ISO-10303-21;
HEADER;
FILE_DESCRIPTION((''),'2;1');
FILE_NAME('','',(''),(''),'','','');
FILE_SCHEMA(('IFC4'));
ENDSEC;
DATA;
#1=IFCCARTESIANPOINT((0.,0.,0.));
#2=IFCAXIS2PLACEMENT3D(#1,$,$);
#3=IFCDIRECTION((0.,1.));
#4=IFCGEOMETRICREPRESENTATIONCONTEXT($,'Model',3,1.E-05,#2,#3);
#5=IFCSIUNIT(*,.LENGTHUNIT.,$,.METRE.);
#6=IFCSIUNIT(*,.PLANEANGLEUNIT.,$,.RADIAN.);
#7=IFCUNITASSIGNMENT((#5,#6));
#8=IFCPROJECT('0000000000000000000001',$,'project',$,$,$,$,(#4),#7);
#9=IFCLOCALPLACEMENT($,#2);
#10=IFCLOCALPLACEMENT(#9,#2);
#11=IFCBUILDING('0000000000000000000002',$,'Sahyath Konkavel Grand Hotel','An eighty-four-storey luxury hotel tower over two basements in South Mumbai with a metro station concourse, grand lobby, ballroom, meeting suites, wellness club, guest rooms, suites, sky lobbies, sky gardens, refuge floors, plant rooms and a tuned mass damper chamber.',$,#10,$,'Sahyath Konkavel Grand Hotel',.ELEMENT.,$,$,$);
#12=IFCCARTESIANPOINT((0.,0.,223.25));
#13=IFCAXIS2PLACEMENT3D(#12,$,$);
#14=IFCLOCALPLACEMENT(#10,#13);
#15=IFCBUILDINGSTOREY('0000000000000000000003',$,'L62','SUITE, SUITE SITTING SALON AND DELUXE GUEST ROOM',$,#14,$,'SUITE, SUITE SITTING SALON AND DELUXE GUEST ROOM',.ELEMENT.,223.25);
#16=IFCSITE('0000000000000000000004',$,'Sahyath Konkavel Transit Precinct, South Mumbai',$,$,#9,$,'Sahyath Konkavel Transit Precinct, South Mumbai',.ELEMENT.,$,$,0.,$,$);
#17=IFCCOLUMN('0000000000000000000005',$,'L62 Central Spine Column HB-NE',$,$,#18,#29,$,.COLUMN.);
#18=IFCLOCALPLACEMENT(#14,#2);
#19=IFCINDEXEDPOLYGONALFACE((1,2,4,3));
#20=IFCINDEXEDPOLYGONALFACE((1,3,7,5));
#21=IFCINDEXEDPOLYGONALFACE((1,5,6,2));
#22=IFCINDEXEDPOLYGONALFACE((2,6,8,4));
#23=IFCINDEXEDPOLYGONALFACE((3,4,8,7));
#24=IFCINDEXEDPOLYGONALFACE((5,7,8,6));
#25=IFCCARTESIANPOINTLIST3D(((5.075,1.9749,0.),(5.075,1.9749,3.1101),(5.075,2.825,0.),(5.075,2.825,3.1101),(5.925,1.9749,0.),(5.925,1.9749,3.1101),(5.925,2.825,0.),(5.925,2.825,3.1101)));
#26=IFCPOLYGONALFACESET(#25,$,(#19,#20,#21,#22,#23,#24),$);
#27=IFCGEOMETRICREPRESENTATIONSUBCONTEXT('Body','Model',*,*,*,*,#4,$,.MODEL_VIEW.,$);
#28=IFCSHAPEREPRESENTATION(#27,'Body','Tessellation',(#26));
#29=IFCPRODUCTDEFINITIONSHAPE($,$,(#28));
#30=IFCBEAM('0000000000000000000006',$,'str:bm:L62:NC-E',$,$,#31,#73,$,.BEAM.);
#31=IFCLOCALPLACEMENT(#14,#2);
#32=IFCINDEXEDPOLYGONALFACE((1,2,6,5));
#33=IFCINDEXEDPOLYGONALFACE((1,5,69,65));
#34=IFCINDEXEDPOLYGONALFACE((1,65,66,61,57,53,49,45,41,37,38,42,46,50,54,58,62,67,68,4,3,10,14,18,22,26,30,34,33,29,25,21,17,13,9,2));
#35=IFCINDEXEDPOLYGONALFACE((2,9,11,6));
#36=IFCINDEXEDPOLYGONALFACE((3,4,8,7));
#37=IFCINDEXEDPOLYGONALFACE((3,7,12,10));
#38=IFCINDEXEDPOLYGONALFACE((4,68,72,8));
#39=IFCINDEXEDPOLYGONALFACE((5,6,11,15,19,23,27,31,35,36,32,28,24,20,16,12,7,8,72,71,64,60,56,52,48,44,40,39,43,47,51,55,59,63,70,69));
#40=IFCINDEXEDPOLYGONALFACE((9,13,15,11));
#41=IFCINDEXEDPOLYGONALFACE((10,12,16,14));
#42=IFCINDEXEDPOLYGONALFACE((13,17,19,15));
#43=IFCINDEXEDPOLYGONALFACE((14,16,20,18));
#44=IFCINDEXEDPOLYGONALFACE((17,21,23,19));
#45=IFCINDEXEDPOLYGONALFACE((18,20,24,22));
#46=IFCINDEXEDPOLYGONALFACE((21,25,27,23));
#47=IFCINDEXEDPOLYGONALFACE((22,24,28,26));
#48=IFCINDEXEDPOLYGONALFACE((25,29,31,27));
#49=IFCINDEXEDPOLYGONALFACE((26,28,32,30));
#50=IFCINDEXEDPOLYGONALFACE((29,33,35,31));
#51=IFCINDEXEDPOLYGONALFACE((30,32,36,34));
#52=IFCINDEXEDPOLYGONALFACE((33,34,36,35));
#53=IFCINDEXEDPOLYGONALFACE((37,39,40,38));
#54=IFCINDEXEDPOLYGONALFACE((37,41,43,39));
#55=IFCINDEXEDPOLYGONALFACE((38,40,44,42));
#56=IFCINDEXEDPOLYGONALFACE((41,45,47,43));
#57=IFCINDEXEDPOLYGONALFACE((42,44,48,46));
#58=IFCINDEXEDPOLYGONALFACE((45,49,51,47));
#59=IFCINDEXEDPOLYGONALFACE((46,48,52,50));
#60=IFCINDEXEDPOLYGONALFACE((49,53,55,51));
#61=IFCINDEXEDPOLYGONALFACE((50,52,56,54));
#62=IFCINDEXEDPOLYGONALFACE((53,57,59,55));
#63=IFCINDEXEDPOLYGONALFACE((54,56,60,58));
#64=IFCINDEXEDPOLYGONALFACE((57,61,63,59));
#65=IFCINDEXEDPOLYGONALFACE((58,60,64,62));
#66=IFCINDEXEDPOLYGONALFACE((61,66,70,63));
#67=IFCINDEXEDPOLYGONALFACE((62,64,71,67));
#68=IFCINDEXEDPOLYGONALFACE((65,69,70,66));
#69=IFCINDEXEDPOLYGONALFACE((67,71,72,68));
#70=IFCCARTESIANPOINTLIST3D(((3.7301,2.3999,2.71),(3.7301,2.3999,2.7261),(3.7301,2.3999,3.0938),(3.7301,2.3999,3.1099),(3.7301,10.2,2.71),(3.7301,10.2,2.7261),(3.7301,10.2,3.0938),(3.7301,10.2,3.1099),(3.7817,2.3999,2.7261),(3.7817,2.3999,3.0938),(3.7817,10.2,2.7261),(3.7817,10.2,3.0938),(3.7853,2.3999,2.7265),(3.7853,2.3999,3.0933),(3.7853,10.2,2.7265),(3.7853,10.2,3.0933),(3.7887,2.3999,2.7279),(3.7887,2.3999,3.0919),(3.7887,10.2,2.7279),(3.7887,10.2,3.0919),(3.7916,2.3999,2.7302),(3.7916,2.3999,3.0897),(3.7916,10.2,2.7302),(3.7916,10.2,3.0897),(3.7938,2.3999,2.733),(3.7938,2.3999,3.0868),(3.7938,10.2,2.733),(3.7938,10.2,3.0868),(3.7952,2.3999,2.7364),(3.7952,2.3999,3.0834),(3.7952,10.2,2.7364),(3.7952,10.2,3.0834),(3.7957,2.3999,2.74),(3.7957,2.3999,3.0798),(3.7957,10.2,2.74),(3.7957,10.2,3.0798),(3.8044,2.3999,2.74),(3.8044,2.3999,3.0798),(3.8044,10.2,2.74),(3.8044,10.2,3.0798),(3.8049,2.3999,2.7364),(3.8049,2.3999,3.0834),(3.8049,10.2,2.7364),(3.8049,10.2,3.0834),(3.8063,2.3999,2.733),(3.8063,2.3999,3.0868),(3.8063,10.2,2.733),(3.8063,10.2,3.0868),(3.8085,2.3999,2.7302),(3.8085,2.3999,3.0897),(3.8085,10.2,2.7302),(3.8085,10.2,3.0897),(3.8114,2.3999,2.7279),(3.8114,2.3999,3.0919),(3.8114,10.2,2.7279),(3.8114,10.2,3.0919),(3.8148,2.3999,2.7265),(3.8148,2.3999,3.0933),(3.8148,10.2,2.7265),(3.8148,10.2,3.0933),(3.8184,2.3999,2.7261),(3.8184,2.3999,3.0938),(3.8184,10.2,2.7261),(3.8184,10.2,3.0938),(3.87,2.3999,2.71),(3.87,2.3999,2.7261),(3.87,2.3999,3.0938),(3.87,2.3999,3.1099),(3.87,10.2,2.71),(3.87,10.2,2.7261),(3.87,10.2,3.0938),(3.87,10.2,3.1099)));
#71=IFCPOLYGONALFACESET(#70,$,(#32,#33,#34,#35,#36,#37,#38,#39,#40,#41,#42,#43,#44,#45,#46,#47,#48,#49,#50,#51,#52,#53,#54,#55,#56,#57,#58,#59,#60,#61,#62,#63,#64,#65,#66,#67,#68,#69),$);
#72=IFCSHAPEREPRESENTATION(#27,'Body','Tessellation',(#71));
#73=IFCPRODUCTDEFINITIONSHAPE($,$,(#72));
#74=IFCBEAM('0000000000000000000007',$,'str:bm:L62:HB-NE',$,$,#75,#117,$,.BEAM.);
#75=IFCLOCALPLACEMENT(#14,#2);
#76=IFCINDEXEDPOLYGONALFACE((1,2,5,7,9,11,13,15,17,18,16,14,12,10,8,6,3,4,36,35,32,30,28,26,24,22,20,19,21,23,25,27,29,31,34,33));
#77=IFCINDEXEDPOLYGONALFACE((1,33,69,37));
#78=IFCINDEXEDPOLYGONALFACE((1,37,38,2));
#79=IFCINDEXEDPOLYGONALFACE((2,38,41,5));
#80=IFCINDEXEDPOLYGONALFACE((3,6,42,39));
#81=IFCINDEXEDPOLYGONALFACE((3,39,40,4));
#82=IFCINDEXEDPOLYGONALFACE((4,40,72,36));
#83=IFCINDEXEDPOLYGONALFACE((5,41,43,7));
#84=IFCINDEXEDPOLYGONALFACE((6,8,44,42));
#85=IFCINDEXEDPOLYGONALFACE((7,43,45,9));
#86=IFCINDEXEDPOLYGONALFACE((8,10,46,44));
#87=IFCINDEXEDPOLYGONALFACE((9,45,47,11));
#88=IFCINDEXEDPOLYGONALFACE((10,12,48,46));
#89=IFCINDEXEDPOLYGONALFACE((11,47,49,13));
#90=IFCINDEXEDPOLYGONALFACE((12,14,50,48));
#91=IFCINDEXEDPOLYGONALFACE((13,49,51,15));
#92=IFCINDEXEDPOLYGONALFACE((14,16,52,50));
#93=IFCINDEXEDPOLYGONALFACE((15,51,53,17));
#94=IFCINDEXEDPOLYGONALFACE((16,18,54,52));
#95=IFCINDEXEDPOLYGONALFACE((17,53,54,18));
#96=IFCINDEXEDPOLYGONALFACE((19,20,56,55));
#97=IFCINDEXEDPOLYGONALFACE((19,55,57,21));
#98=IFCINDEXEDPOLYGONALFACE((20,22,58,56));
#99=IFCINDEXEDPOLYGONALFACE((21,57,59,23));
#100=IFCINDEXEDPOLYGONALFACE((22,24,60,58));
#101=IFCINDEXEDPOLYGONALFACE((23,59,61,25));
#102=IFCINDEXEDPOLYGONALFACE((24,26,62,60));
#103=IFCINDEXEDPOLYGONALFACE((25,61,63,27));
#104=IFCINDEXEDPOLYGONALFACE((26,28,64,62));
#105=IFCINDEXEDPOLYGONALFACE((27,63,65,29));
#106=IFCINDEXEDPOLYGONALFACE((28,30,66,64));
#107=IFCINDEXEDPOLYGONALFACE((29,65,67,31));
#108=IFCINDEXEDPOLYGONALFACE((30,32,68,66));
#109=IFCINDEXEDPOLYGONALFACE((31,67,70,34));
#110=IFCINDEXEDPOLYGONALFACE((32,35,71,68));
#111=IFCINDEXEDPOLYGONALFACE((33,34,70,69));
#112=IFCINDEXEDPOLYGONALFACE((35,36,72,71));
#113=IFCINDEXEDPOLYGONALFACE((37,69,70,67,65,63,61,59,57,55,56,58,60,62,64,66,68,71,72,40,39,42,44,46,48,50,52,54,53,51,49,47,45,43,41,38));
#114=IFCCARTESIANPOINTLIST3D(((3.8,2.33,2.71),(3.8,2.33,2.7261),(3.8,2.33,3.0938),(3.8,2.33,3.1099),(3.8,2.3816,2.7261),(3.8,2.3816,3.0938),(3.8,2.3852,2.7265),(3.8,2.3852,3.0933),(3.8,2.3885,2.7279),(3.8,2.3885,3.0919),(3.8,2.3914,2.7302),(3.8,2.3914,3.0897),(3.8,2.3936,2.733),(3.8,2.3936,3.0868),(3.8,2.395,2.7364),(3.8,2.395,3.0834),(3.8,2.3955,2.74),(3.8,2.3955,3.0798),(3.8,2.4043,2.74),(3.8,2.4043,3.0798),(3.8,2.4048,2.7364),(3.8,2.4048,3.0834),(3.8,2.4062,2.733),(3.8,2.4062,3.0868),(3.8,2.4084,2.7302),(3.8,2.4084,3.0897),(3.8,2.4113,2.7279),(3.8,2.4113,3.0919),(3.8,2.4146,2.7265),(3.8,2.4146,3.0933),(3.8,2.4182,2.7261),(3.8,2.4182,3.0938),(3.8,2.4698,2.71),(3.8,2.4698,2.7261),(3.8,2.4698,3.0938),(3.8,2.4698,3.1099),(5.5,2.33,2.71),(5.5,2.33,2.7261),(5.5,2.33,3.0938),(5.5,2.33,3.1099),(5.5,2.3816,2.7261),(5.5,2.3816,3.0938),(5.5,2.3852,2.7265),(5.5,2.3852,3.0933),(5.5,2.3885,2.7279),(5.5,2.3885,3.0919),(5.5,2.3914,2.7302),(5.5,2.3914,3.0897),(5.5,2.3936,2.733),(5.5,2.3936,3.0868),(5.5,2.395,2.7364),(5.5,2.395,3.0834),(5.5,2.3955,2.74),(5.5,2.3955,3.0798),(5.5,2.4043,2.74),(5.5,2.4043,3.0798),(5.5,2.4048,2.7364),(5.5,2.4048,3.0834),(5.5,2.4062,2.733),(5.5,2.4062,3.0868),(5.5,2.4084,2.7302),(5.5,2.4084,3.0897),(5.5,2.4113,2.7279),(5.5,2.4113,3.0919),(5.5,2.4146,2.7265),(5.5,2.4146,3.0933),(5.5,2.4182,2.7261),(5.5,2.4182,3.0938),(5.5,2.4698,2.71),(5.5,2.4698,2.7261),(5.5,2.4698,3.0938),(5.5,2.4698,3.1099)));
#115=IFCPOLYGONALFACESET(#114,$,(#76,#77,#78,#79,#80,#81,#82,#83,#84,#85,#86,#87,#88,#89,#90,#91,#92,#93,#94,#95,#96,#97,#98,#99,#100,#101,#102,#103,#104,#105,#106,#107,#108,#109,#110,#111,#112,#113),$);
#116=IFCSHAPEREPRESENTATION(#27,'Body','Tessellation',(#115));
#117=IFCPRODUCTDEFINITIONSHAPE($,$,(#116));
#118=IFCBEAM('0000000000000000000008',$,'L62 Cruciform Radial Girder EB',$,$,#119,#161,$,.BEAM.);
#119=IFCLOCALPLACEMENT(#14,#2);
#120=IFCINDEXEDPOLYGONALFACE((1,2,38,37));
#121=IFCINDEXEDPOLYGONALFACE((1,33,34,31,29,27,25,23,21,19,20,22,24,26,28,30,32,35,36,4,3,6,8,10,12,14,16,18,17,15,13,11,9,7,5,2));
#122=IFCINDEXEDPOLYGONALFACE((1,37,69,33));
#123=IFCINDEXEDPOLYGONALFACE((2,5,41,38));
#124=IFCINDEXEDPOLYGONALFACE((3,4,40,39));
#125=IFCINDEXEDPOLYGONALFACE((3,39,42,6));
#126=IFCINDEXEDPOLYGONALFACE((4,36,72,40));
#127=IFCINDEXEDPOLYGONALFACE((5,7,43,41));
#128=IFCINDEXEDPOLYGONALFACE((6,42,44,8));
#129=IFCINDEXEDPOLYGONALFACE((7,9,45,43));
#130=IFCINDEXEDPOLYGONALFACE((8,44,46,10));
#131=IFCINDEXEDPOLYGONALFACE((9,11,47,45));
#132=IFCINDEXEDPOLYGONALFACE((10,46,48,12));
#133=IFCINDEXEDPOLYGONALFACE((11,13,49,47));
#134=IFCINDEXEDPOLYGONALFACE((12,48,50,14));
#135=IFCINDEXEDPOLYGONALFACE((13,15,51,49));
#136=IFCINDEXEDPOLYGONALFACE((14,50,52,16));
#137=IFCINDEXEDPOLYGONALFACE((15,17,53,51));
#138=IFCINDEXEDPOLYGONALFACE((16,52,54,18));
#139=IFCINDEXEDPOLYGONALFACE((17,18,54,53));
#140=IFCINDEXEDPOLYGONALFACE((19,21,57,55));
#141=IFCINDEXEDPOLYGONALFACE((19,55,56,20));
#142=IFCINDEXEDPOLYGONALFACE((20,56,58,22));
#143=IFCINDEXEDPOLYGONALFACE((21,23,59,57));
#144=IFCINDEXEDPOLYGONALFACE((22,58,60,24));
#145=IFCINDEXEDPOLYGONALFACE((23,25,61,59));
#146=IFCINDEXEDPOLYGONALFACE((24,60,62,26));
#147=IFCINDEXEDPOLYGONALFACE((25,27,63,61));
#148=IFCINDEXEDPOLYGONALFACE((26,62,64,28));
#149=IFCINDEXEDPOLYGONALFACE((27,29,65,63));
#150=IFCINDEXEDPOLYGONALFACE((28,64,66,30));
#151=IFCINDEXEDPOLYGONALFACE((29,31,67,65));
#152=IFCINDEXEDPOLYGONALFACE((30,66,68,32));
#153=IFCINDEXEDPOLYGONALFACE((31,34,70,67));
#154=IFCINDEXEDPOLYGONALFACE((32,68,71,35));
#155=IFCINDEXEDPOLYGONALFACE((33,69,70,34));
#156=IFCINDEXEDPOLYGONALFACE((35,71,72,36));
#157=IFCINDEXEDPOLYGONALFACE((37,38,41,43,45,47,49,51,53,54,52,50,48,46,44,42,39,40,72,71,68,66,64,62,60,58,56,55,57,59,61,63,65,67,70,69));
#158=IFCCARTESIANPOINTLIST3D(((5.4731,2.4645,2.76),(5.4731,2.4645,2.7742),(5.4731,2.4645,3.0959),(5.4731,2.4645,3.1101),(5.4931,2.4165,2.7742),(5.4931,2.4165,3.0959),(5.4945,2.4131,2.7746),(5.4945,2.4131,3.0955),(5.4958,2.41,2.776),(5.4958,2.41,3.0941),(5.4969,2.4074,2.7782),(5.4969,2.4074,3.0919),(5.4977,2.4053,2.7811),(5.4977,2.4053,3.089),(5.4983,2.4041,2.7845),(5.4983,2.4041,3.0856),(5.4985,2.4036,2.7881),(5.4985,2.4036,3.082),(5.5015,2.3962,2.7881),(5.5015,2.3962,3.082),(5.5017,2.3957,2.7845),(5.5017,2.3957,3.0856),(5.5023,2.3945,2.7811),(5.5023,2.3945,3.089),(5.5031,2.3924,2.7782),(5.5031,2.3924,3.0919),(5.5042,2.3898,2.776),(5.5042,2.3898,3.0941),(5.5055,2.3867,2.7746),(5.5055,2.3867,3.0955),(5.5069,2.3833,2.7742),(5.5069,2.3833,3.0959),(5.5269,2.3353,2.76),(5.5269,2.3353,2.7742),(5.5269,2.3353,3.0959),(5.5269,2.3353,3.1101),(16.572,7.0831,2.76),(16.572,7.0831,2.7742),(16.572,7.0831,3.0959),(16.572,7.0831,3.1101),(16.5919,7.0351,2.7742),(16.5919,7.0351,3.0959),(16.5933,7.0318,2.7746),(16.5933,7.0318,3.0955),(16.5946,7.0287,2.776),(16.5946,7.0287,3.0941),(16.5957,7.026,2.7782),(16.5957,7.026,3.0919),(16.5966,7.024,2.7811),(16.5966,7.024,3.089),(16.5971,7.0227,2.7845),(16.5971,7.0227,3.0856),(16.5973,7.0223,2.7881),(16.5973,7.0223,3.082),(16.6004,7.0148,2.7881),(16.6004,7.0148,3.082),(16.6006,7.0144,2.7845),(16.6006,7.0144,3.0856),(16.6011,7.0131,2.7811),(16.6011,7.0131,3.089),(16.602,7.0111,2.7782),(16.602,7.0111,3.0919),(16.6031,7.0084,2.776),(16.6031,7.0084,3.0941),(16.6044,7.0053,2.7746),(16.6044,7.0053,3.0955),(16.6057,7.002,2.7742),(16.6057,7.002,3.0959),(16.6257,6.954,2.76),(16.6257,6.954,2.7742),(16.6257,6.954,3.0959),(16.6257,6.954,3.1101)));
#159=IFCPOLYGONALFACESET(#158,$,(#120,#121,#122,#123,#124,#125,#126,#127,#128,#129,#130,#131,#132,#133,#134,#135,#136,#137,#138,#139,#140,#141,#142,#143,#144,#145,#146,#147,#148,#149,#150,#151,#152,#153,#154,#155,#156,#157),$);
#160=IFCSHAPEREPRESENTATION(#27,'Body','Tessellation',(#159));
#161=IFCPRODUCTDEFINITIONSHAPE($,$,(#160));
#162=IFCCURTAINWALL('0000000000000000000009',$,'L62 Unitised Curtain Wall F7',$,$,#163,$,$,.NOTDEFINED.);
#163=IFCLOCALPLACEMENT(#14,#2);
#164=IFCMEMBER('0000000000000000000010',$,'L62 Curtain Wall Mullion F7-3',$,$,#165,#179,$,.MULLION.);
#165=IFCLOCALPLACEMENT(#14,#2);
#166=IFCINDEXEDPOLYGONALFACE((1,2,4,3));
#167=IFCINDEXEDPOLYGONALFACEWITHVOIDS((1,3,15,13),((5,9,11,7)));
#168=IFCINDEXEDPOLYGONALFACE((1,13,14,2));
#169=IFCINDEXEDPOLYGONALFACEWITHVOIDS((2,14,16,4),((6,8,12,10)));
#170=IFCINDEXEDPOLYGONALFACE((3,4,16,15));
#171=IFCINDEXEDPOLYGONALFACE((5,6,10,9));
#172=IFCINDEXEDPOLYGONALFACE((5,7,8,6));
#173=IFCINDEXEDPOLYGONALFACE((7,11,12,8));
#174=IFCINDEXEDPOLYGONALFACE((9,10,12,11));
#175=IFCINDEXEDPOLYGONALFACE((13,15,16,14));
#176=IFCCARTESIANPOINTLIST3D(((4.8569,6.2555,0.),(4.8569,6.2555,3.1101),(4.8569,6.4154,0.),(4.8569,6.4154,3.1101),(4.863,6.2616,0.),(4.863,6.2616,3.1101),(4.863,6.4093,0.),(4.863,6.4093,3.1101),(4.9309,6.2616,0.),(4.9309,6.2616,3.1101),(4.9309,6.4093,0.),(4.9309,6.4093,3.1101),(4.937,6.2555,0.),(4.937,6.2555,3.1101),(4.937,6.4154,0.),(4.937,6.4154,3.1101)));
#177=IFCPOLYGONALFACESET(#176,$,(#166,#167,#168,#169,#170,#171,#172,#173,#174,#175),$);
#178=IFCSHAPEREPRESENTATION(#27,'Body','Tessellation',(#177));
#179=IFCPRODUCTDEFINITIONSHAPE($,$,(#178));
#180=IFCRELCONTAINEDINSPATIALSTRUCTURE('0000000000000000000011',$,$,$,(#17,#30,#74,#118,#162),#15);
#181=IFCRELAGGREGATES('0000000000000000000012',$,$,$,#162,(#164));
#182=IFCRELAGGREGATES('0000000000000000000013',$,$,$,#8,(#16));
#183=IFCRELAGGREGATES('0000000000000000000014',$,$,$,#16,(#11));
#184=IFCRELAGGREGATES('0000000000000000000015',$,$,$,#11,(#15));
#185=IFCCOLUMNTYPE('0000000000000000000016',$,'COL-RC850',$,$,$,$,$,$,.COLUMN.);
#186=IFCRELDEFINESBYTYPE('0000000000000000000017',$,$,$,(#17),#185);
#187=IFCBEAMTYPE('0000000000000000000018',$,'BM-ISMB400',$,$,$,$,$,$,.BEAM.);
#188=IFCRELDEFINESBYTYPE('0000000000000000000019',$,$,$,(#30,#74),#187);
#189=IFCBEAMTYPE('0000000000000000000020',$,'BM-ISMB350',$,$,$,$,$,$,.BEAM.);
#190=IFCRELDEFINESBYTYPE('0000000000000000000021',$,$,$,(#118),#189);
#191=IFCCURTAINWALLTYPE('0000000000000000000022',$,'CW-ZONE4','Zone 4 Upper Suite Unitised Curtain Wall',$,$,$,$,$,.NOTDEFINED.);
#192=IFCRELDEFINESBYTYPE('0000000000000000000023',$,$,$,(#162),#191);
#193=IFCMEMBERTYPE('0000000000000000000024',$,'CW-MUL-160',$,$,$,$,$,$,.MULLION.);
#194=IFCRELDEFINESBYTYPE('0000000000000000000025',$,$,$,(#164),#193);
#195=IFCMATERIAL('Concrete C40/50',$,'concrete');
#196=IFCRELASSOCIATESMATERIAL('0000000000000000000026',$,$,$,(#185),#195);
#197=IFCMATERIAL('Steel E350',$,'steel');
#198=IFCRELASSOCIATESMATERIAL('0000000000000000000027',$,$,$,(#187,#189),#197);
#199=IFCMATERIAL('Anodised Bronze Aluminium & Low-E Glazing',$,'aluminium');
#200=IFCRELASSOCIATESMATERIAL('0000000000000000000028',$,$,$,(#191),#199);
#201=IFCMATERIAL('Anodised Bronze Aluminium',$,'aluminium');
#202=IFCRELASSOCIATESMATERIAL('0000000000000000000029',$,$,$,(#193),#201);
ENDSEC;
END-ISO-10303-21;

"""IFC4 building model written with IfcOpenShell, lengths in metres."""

from ifc_helpers import new_model, si_unit, direction, frame, origin, origin_2d, place, context, subcontext, project, spatial, rectangle, hollow_rectangle, i_section, extrude, source, transform, mapped, material, material_profile, profile_set, type_object, element, aggregate, save


model = new_model("IFC4")

# Units and contexts
model_context = context("Model", 3, precision=1e-05, world=origin(), true_north=direction((0.0, 1.0)))
body_context = subcontext(model_context, "Body", "Model", "MODEL_VIEW")
ifc_project = project(units=[si_unit("LENGTHUNIT", "METRE"), si_unit("PLANEANGLEUNIT", "RADIAN")], contexts=[model_context])

# Site, building, storey
site_placement = place(None, origin())
site = spatial("IfcSite", under=ifc_project, at=site_placement, Name="Sahyath Konkavel Transit Precinct, South Mumbai", LongName="Sahyath Konkavel Transit Precinct, South Mumbai", CompositionType="ELEMENT", RefElevation=0.0)
building_placement = place(site_placement, origin())
building = spatial("IfcBuilding", under=site, at=building_placement, Name="Sahyath Konkavel Grand Hotel", Description="An eighty-four-storey luxury hotel tower over two basements in South Mumbai with a metro station concourse, grand lobby, ballroom, meeting suites, wellness club, guest rooms, suites, sky lobbies, sky gardens, refuge floors, plant rooms and a tuned mass damper chamber.", LongName="Sahyath Konkavel Grand Hotel", CompositionType="ELEMENT")
storey_placement = place(building_placement, frame((0.0, 0.0, 223.25)))
storey = spatial("IfcBuildingStorey", under=building, at=storey_placement, Name="L62", Description="SUITE, SUITE SITTING SALON AND DELUXE GUEST ROOM", LongName="SUITE, SUITE SITTING SALON AND DELUXE GUEST ROOM", CompositionType="ELEMENT", Elevation=223.25)

# Column
ifc_material_1 = material(Name="Concrete C40/50", Category="concrete")
ifc_material_profile_1 = material_profile(ifc_material_1, rectangle(XDim=0.8501, YDim=0.8501, at=origin_2d()), Name="RC 850x850")
ifc_profile_set_1 = profile_set([ifc_material_profile_1], Name="Concrete C40/50")
column_type = type_object("IfcColumnType", Name="COL-RC850", PredefinedType="COLUMN", material=ifc_profile_set_1)
shared_shape_1 = source(origin(), body_context, "Body", "SweptSolid", [
    extrude(rectangle(XDim=0.8501, YDim=0.8501, at=origin_2d()), origin(), (0.0, 0.0, 1.0), 3.1101),
])
column_placement = place(storey_placement, frame((5.5, 2.3999, 0.0), z_axis=(0.0, 0.0, 1.0), x_axis=(1.0, 0.0, 0.0)))
element("IfcColumn", 1, at=column_placement, inside=storey, type_object=column_type, Name="L62 Central Spine Column HB-NE", PredefinedType="COLUMN", context=body_context, shape_type="MappedRepresentation", body=[
    mapped(shared_shape_1, transform((0.0, 0.0, 0.0), scale=1.0)),
])

# Beams
ifc_material_2 = material(Name="Steel E350", Category="steel")
ifc_material_profile_2 = material_profile(ifc_material_2, i_section(OverallWidth=0.1399, OverallDepth=0.3999, WebThickness=0.0088, FlangeThickness=0.0161, FilletRadius=0.0139, at=origin_2d()), Name="ISMB 400")
ifc_profile_set_2 = profile_set([ifc_material_profile_2], Name="Steel E350")
beam_type_1 = type_object("IfcBeamType", Name="BM-ISMB400", PredefinedType="BEAM", material=ifc_profile_set_2)
shared_shape_2 = source(origin(), body_context, "Body", "SweptSolid", [
    extrude(i_section(OverallWidth=0.1399, OverallDepth=0.3999, WebThickness=0.0088, FlangeThickness=0.0161, FilletRadius=0.0139, at=origin_2d()), origin(), (0.0, 0.0, 1.0), 7.8),
])
beam_1_placement = place(storey_placement, frame((3.8, 2.3999, 2.9099), z_axis=(0.0, 1.0, 0.0), x_axis=(-1.0, 0.0, 0.0)))
element("IfcBeam", 2, at=beam_1_placement, inside=storey, type_object=beam_type_1, Name="str:bm:L62:NC-E", PredefinedType="BEAM", context=body_context, shape_type="MappedRepresentation", body=[
    mapped(shared_shape_2, transform((0.0, 0.0, 0.0), scale=1.0)),
])
shared_shape_3 = source(origin(), body_context, "Body", "SweptSolid", [
    extrude(i_section(OverallWidth=0.1399, OverallDepth=0.3999, WebThickness=0.0088, FlangeThickness=0.0161, FilletRadius=0.0139, at=origin_2d()), origin(), (0.0, 0.0, 1.0), 1.7),
])
beam_2_placement = place(storey_placement, frame((3.8, 2.3999, 2.9099), z_axis=(1.0, 0.0, 0.0), x_axis=(0.0, 1.0, 0.0)))
element("IfcBeam", 3, at=beam_2_placement, inside=storey, type_object=beam_type_1, Name="str:bm:L62:HB-NE", PredefinedType="BEAM", context=body_context, shape_type="MappedRepresentation", body=[
    mapped(shared_shape_3, transform((0.0, 0.0, 0.0), scale=1.0)),
])
ifc_material_profile_3 = material_profile(ifc_material_2, i_section(OverallWidth=0.1399, OverallDepth=0.3501, WebThickness=0.0081, FlangeThickness=0.0142, FilletRadius=0.0139, at=origin_2d()), Name="ISMB 350")
ifc_profile_set_3 = profile_set([ifc_material_profile_3], Name="Steel E350")
beam_type_2 = type_object("IfcBeamType", Name="BM-ISMB350", PredefinedType="BEAM", material=ifc_profile_set_3)
shared_shape_4 = source(origin(), body_context, "Body", "SweptSolid", [
    extrude(i_section(OverallWidth=0.1399, OverallDepth=0.3501, WebThickness=0.0081, FlangeThickness=0.0142, FilletRadius=0.0139, at=origin_2d()), origin(), (0.0, 0.0, 1.0), 12.0215),
])
beam_3_placement = place(storey_placement, frame((5.5, 2.3999, 2.9351), z_axis=(0.92325, 0.384199, 0.0), x_axis=(-0.384199, 0.92325, 0.0)))
element("IfcBeam", 4, at=beam_3_placement, inside=storey, type_object=beam_type_2, Name="L62 Cruciform Radial Girder EB", PredefinedType="BEAM", context=body_context, shape_type="MappedRepresentation", body=[
    mapped(shared_shape_4, transform((0.0, 0.0, 0.0), scale=1.0)),
])

# Curtain wall, member
ifc_material_3 = material(Name="Anodised Bronze Aluminium & Low-E Glazing", Category="aluminium")
curtain_wall_type = type_object("IfcCurtainWallType", Name="CW-ZONE4", Description="Zone 4 Upper Suite Unitised Curtain Wall", PredefinedType="NOTDEFINED", material=ifc_material_3)
curtain_wall_placement = place(storey_placement, origin())
curtain_wall = element("IfcCurtainWall", 5, at=curtain_wall_placement, inside=storey, type_object=curtain_wall_type, Name="L62 Unitised Curtain Wall F7", PredefinedType="NOTDEFINED")
ifc_material_4 = material(Name="Anodised Bronze Aluminium", Category="aluminium")
ifc_material_profile_4 = material_profile(ifc_material_4, hollow_rectangle(XDim=0.0801, YDim=0.1599, WallThickness=0.0061, at=origin_2d()), Name="RHS 160x80x6")
ifc_profile_set_4 = profile_set([ifc_material_profile_4], Name="Anodised Bronze Aluminium")
member_type = type_object("IfcMemberType", Name="CW-MUL-160", PredefinedType="MULLION", material=ifc_profile_set_4)
shared_shape_5 = source(origin(), body_context, "Body", "SweptSolid", [
    extrude(hollow_rectangle(XDim=0.0801, YDim=0.1599, WallThickness=0.0061, at=origin_2d()), origin(), (0.0, 0.0, 1.0), 3.1101),
])
member_placement = place(storey_placement, frame((4.897, 6.3354, 0.0), z_axis=(0.0, 0.0, 1.0), x_axis=(1.0, 0.0, 0.0)))
member = element("IfcMember", 6, at=member_placement, type_object=member_type, Name="L62 Curtain Wall Mullion F7-3", PredefinedType="MULLION", context=body_context, shape_type="MappedRepresentation", body=[
    mapped(shared_shape_5, transform((0.0, 0.0, 0.0), scale=1.0)),
])
aggregate(curtain_wall, [member])

save(model, "model.ifc")
